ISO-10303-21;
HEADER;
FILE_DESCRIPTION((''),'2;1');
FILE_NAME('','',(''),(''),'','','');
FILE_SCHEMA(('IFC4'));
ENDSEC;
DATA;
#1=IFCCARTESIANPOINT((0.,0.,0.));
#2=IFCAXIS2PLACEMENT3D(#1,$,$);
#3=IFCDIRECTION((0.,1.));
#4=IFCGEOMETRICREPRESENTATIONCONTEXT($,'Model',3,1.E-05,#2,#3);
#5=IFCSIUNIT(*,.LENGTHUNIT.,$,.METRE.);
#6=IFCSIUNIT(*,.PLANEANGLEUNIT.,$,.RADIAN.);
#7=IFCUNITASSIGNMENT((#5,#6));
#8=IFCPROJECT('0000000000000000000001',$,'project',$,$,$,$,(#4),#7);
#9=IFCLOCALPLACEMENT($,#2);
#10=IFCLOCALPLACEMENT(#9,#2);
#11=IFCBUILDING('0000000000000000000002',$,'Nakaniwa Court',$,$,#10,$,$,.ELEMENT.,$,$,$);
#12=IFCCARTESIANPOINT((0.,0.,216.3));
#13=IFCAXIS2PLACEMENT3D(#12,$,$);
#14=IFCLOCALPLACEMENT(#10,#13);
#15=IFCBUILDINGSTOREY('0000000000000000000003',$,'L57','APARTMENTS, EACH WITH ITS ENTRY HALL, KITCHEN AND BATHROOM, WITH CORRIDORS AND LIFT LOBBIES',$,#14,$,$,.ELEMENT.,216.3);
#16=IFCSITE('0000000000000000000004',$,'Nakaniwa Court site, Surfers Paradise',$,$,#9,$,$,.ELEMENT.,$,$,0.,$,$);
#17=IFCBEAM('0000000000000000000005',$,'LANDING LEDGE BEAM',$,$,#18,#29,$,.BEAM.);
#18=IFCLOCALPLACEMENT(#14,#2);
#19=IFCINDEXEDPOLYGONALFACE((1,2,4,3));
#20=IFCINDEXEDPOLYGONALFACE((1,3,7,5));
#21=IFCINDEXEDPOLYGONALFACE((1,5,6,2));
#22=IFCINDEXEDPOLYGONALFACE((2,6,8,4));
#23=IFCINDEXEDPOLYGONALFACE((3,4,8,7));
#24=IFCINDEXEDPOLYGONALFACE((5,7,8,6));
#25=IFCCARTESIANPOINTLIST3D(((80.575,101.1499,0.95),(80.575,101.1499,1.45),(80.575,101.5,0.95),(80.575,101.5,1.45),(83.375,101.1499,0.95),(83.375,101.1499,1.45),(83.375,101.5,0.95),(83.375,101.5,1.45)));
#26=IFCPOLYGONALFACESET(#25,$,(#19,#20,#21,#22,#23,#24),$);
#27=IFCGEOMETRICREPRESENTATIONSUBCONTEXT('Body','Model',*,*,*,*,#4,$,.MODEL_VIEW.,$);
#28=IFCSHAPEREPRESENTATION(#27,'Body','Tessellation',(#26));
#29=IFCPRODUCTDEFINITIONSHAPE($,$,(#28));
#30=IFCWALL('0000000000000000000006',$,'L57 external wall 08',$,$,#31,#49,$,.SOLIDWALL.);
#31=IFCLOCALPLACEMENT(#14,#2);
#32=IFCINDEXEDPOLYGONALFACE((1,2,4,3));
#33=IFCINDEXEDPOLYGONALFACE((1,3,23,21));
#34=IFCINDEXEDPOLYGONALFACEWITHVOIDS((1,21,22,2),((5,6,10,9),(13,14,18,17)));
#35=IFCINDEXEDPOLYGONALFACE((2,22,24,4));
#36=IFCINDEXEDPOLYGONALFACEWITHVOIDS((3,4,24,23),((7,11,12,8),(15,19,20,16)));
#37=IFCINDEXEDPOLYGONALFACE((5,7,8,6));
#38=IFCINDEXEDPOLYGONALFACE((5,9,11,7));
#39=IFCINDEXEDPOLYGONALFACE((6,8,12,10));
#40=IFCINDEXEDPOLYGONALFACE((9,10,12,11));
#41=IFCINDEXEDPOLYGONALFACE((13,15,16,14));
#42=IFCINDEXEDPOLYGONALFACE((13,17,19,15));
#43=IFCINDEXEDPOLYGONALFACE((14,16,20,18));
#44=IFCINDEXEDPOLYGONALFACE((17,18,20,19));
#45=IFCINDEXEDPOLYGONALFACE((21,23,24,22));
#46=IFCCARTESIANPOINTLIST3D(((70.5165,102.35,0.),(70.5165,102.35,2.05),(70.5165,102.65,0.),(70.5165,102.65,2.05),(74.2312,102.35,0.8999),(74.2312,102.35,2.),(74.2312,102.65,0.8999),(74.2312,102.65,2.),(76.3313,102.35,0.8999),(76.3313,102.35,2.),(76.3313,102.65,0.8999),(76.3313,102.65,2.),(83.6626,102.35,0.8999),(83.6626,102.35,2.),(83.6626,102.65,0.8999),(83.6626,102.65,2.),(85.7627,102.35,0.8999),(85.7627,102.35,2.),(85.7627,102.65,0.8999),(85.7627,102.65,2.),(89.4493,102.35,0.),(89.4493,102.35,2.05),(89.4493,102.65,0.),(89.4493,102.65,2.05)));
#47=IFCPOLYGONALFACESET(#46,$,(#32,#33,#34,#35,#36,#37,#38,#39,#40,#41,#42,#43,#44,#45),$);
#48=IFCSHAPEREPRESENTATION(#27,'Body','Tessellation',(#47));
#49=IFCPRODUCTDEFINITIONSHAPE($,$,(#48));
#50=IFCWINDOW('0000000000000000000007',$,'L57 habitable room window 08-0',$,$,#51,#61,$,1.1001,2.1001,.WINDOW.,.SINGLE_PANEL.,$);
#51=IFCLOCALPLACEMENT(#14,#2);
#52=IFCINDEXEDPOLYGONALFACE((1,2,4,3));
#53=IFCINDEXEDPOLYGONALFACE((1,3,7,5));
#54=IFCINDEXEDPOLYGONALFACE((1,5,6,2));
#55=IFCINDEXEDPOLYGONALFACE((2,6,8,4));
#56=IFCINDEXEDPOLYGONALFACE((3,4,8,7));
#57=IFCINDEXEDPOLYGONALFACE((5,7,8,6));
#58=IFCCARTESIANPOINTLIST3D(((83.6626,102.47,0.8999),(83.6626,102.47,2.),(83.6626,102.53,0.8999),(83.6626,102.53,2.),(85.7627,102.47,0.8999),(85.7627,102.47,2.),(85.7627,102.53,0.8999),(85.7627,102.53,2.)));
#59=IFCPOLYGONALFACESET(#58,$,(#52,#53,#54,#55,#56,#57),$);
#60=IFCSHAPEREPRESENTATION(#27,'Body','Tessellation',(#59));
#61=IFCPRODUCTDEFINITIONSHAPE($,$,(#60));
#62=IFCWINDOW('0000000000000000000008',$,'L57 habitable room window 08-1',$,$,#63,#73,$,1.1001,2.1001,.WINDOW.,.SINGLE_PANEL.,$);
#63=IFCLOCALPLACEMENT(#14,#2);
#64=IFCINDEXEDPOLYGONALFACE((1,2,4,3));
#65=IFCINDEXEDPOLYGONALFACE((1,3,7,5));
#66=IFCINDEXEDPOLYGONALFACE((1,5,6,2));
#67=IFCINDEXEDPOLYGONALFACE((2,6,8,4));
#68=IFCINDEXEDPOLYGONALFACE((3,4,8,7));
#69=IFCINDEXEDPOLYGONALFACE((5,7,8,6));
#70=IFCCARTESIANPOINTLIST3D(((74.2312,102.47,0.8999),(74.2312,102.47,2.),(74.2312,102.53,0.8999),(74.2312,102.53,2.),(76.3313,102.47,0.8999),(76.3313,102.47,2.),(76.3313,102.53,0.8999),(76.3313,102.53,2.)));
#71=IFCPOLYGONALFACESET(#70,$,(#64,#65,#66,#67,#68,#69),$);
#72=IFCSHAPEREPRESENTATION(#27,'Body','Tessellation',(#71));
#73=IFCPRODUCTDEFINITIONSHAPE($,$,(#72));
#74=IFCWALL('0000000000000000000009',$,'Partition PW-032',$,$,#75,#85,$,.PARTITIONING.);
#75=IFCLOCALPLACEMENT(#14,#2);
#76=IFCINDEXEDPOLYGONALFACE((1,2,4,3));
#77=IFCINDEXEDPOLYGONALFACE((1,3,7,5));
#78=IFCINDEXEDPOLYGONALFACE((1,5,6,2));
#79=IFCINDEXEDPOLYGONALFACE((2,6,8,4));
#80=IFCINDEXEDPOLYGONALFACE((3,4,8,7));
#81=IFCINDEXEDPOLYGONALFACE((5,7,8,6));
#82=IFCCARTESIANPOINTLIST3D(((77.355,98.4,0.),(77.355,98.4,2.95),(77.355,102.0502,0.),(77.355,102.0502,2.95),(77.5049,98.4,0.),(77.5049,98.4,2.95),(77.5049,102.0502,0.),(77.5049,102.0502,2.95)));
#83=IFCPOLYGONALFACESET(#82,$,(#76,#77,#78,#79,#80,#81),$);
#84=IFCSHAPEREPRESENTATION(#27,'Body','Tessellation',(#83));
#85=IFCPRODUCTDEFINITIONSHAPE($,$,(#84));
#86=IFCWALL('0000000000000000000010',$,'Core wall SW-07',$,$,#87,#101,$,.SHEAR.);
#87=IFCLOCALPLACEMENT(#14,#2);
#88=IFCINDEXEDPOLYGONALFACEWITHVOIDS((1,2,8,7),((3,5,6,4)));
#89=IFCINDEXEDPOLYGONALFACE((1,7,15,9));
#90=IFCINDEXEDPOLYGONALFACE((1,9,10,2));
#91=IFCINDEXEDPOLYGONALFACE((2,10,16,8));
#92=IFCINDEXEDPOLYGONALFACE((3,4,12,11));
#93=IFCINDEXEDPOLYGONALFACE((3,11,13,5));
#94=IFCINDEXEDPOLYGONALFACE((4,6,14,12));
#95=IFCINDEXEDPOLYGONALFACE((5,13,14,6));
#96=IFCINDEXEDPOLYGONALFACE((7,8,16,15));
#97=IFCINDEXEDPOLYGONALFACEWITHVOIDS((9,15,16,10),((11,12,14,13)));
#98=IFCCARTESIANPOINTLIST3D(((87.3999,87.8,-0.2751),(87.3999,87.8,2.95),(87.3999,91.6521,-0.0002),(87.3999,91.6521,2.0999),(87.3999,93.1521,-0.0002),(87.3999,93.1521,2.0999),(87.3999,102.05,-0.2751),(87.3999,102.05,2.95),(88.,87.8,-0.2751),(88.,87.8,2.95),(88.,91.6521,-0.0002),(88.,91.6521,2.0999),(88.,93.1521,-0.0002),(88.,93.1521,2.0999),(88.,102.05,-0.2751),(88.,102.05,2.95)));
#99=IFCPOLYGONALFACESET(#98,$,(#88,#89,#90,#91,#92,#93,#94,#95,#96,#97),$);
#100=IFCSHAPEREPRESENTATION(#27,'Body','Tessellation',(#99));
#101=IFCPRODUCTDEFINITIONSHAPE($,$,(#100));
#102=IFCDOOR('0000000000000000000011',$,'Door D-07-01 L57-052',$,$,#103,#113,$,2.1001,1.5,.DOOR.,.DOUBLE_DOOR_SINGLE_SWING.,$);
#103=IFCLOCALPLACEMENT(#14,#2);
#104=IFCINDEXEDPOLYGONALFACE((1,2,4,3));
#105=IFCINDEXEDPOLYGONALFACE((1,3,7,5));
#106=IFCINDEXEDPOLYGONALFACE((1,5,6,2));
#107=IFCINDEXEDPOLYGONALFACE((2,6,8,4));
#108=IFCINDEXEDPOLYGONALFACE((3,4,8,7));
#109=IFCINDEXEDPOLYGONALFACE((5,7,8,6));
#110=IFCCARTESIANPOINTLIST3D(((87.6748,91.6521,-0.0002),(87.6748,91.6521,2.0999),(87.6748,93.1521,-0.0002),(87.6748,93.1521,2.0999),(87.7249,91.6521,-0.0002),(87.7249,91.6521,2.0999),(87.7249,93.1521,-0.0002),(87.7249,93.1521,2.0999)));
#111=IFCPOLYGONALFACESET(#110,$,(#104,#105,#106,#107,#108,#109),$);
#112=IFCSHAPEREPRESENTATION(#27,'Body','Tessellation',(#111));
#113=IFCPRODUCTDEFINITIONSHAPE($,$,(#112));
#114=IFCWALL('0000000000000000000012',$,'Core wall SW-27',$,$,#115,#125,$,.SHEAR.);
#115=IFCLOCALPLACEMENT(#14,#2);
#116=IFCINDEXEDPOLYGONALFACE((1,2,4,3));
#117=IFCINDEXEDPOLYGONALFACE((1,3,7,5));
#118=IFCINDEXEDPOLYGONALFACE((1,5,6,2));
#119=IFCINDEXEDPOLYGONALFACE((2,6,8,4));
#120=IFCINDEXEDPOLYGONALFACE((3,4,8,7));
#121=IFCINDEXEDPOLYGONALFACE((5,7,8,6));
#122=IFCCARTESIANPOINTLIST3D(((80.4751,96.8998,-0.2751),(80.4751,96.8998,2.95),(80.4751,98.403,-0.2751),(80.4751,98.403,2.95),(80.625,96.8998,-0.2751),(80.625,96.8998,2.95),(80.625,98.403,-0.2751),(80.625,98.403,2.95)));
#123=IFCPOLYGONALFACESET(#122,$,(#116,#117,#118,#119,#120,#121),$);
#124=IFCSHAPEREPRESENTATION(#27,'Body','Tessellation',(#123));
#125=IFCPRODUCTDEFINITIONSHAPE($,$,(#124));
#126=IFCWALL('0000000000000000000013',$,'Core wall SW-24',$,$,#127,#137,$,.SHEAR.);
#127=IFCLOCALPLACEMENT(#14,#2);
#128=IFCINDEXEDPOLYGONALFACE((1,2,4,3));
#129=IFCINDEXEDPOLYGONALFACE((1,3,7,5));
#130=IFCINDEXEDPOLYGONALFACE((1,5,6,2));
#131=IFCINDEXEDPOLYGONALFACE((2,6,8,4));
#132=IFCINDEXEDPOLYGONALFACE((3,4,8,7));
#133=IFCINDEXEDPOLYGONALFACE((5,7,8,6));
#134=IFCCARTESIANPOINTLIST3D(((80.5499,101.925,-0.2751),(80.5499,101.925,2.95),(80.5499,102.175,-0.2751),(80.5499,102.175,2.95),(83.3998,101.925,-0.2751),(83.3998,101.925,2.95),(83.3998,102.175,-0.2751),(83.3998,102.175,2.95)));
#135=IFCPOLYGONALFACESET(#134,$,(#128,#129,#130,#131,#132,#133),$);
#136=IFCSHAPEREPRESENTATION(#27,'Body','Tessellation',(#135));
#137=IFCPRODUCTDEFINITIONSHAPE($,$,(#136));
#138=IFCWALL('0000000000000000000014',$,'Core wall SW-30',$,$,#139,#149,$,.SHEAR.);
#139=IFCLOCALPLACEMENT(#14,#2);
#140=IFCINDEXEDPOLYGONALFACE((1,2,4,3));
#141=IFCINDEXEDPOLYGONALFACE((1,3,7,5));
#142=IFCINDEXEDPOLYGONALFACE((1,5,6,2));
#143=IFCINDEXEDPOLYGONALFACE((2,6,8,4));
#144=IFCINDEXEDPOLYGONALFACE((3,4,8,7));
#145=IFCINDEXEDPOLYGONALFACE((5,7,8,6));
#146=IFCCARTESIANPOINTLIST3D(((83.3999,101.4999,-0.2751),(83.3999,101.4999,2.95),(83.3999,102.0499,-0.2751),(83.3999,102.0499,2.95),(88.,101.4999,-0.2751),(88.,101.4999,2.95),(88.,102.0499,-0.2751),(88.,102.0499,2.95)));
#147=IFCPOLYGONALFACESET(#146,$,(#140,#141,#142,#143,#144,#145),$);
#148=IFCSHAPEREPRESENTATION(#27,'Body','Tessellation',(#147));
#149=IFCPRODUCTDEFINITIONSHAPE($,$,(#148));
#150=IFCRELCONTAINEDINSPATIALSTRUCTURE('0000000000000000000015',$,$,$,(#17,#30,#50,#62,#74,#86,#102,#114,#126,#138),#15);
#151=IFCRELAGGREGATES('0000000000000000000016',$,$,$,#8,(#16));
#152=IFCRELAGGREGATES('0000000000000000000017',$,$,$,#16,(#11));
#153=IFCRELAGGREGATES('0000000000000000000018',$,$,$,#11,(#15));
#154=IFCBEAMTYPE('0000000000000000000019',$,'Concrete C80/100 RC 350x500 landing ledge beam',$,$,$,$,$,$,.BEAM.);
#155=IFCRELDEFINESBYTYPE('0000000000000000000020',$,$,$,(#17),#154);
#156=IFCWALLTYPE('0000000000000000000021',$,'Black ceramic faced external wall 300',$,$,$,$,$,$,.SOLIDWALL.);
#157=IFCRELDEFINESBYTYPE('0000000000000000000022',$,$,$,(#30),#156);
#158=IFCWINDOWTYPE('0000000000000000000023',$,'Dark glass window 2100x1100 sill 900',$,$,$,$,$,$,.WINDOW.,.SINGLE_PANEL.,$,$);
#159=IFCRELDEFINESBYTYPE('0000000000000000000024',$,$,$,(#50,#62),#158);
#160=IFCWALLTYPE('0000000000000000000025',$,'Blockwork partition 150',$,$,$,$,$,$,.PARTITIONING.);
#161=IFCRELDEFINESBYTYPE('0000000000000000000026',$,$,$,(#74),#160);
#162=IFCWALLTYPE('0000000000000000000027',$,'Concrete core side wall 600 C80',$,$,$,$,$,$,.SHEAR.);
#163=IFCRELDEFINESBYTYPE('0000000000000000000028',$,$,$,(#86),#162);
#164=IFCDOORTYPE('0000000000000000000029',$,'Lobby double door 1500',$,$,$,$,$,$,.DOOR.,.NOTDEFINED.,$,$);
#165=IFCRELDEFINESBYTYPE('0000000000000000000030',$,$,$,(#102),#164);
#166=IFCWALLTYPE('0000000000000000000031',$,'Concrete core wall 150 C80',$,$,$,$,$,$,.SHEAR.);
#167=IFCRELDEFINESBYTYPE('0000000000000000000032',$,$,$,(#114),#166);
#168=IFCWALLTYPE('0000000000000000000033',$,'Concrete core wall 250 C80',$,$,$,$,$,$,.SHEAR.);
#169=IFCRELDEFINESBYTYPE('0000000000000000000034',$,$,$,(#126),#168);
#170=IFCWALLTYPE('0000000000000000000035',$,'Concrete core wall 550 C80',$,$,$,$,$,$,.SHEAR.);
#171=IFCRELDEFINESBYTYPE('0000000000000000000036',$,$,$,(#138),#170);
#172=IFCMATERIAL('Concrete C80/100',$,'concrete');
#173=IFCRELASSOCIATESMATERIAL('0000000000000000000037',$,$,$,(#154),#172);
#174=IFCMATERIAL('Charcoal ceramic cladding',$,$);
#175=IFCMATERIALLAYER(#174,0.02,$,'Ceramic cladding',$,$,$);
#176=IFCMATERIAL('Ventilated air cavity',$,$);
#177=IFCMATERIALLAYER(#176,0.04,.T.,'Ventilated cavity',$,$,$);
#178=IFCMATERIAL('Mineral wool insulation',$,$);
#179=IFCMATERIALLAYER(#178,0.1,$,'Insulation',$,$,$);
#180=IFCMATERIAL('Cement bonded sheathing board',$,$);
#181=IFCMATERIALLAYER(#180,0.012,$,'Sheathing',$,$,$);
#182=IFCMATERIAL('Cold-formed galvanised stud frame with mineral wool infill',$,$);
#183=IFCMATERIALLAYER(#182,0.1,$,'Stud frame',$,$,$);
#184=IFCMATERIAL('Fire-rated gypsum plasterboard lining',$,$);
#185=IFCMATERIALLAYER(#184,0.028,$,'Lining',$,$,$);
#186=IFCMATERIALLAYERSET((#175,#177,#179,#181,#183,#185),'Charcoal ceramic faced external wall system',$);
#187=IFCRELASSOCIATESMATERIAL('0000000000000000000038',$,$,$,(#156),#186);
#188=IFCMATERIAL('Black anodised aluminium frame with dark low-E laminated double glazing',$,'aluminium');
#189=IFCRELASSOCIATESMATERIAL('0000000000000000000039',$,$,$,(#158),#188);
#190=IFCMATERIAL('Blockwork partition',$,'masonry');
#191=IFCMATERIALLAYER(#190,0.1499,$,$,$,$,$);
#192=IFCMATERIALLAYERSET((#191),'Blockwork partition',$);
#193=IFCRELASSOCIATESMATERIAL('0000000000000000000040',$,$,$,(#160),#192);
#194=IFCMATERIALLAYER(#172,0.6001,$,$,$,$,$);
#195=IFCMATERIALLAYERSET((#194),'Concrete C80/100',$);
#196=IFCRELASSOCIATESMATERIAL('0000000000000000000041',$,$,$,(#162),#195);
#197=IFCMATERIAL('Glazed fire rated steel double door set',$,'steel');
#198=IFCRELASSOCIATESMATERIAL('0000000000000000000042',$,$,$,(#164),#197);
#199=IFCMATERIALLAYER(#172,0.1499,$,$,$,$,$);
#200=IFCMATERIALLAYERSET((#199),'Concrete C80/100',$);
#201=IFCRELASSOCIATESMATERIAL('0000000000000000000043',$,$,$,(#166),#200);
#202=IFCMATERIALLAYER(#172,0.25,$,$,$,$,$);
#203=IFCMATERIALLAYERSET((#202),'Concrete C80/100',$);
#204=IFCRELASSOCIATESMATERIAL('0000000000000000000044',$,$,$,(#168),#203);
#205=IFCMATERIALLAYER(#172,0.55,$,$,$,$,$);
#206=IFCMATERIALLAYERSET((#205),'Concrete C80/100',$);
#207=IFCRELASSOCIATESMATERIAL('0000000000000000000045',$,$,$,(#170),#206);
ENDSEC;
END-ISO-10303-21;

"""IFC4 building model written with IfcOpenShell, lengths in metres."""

from ifc_helpers import new_model, si_unit, direction, frame, frame_2d, origin, origin_2d, place, context, subcontext, project, spatial, rectangle, extrude, material, layer, layer_set, material_profile, profile_set, type_object, element, fill, save


model = new_model("IFC4")

# Units and contexts
model_context = context("Model", 3, precision=1e-05, world=origin(), true_north=direction((0.0, 1.0)))
body_context = subcontext(model_context, "Body", "Model", "MODEL_VIEW")
ifc_project = project(units=[si_unit("LENGTHUNIT", "METRE"), si_unit("PLANEANGLEUNIT", "RADIAN")], contexts=[model_context])

# Site, building, storey
site_placement = place(None, origin())
site = spatial("IfcSite", under=ifc_project, at=site_placement, Name="Nakaniwa Court site, Surfers Paradise", CompositionType="ELEMENT", RefElevation=0.0)
building_placement = place(site_placement, origin())
building = spatial("IfcBuilding", under=site, at=building_placement, Name="Nakaniwa Court", CompositionType="ELEMENT")
storey_placement = place(building_placement, frame((0.0, 0.0, 216.3)))
storey = spatial("IfcBuildingStorey", under=building, at=storey_placement, Name="L57", Description="APARTMENTS, EACH WITH ITS ENTRY HALL, KITCHEN AND BATHROOM, WITH CORRIDORS AND LIFT LOBBIES", CompositionType="ELEMENT", Elevation=216.3)

# Beam
ifc_material_1 = material(Name="Concrete C80/100", Category="concrete")
ifc_material_profile_1 = material_profile(ifc_material_1, rectangle(XDim=0.3501, YDim=0.5, at=origin_2d()), Name="Concrete C80/100 RC 350x500 landing ledge beam")
ifc_profile_set_1 = profile_set([ifc_material_profile_1], Name="Concrete C80/100")
beam_type = type_object("IfcBeamType", Name="Concrete C80/100 RC 350x500 landing ledge beam", PredefinedType="BEAM", material=ifc_profile_set_1)
beam_placement = place(storey_placement, frame((80.575, 101.325, 1.2), z_axis=(1.0, 0.0, 0.0), x_axis=(0.0, 1.0, 0.0)))
element("IfcBeam", 1, at=beam_placement, inside=storey, type_object=beam_type, Name="LANDING LEDGE BEAM", PredefinedType="BEAM", context=body_context, shape_type="SweptSolid", body=[
    extrude(rectangle(XDim=0.3501, YDim=0.5, at=origin_2d()), origin(), (0.0, 0.0, 1.0), 2.8),
])

# Wall, openings, windows
ifc_material_2 = material(Name="Charcoal ceramic cladding")
ifc_layer_1 = layer(ifc_material_2, 0.02, Name="Ceramic cladding")
ifc_material_3 = material(Name="Ventilated air cavity")
ifc_layer_2 = layer(ifc_material_3, 0.04, ventilated=True, Name="Ventilated cavity")
ifc_material_4 = material(Name="Mineral wool insulation")
ifc_layer_3 = layer(ifc_material_4, 0.1, Name="Insulation")
ifc_material_5 = material(Name="Cement bonded sheathing board")
ifc_layer_4 = layer(ifc_material_5, 0.012, Name="Sheathing")
ifc_material_6 = material(Name="Cold-formed galvanised stud frame with mineral wool infill")
ifc_layer_5 = layer(ifc_material_6, 0.1, Name="Stud frame")
ifc_material_7 = material(Name="Fire-rated gypsum plasterboard lining")
ifc_layer_6 = layer(ifc_material_7, 0.028, Name="Lining")
ifc_layer_set_1 = layer_set([ifc_layer_1, ifc_layer_2, ifc_layer_3, ifc_layer_4, ifc_layer_5, ifc_layer_6], Name="Charcoal ceramic faced external wall system")
wall_type_1 = type_object("IfcWallType", Name="Black ceramic faced external wall 300", PredefinedType="SOLIDWALL", material=ifc_layer_set_1)
wall_1_placement = place(storey_placement, frame((89.4492, 102.5, 0.0), z_axis=(0.0, 0.0, 1.0), x_axis=(-1.0, 0.0, 0.0)))
wall_1 = element("IfcWall", 2, at=wall_1_placement, inside=storey, type_object=wall_type_1, Name="L57 external wall 08", PredefinedType="SOLIDWALL", context=body_context, shape_type="SweptSolid", body=[
    extrude(rectangle(XDim=18.9329, YDim=0.3, at=frame_2d((9.4663, 0.0))), origin(), (0.0, 0.0, 1.0), 2.05),
])
opening_1_placement = place(wall_1_placement, frame((3.6865, 0.0, 0.8999)))
opening_1 = element("IfcOpeningElement", 3, at=opening_1_placement, cuts=wall_1, PredefinedType="OPENING", context=body_context, shape_type="SweptSolid", body=[
    extrude(rectangle(XDim=2.1001, YDim=1.1001, at=frame_2d((1.05, 0.55))), frame((0.0, 0.1599, 0.0), z_axis=(0.0, -1.0, 0.0), x_axis=(1.0, 0.0, 0.0)), (0.0, 0.0, 1.0), 0.3201),
])
opening_2_placement = place(wall_1_placement, frame((13.1179, 0.0, 0.8999)))
opening_2 = element("IfcOpeningElement", 4, at=opening_2_placement, cuts=wall_1, PredefinedType="OPENING", context=body_context, shape_type="SweptSolid", body=[
    extrude(rectangle(XDim=2.1001, YDim=1.1001, at=frame_2d((1.05, 0.55))), frame((0.0, 0.1599, 0.0), z_axis=(0.0, -1.0, 0.0), x_axis=(1.0, 0.0, 0.0)), (0.0, 0.0, 1.0), 0.3201),
])
ifc_material_8 = material(Name="Black anodised aluminium frame with dark low-E laminated double glazing", Category="aluminium")
window_type = type_object("IfcWindowType", Name="Dark glass window 2100x1100 sill 900", PartitioningType="SINGLE_PANEL", PredefinedType="WINDOW", material=ifc_material_8)
window_1_placement = place(opening_1_placement, origin())
window_1 = element("IfcWindow", 5, at=window_1_placement, inside=storey, type_object=window_type, Name="L57 habitable room window 08-0", OverallHeight=1.1001, OverallWidth=2.1001, PartitioningType="SINGLE_PANEL", PredefinedType="WINDOW", context=body_context, shape_type="SweptSolid", body=[
    extrude(rectangle(XDim=2.1001, YDim=1.1001, at=frame_2d((1.05, 0.55))), frame((0.0, 0.03, 0.0), z_axis=(0.0, -1.0, 0.0), x_axis=(1.0, 0.0, 0.0)), (0.0, 0.0, 1.0), 0.0601),
])
fill(opening_1, window_1)
window_2_placement = place(opening_2_placement, origin())
window_2 = element("IfcWindow", 6, at=window_2_placement, inside=storey, type_object=window_type, Name="L57 habitable room window 08-1", OverallHeight=1.1001, OverallWidth=2.1001, PartitioningType="SINGLE_PANEL", PredefinedType="WINDOW", context=body_context, shape_type="SweptSolid", body=[
    extrude(rectangle(XDim=2.1001, YDim=1.1001, at=frame_2d((1.05, 0.55))), frame((0.0, 0.03, 0.0), z_axis=(0.0, -1.0, 0.0), x_axis=(1.0, 0.0, 0.0)), (0.0, 0.0, 1.0), 0.0601),
])
fill(opening_2, window_2)

# Wall
ifc_material_9 = material(Name="Blockwork partition", Category="masonry")
ifc_layer_7 = layer(ifc_material_9, 0.1499)
ifc_layer_set_2 = layer_set([ifc_layer_7], Name="Blockwork partition")
wall_type_2 = type_object("IfcWallType", Name="Blockwork partition 150", PredefinedType="PARTITIONING", material=ifc_layer_set_2)
wall_2_placement = place(storey_placement, frame((77.4299, 98.3999, 0.0), z_axis=(0.0, 0.0, 1.0), x_axis=(0.0, 1.0, 0.0)))
element("IfcWall", 7, at=wall_2_placement, inside=storey, type_object=wall_type_2, Name="Partition PW-032", PredefinedType="PARTITIONING", context=body_context, shape_type="SweptSolid", body=[
    extrude(rectangle(XDim=3.6501, YDim=0.1499, at=frame_2d((1.8252, 0.0))), origin(), (0.0, 0.0, 1.0), 2.95),
])

# Wall, opening, door
ifc_layer_8 = layer(ifc_material_1, 0.6001)
ifc_layer_set_3 = layer_set([ifc_layer_8], Name="Concrete C80/100")
wall_type_3 = type_object("IfcWallType", Name="Concrete core side wall 600 C80", PredefinedType="SHEAR", material=ifc_layer_set_3)
wall_3_placement = place(storey_placement, frame((87.7, 102.05, -0.2751), z_axis=(0.0, 0.0, 1.0), x_axis=(0.0, -1.0, 0.0)))
wall_3 = element("IfcWall", 8, at=wall_3_placement, inside=storey, type_object=wall_type_3, Name="Core wall SW-07", PredefinedType="SHEAR", context=body_context, shape_type="SweptSolid", body=[
    extrude(rectangle(XDim=14.25, YDim=0.6001, at=frame_2d((7.125, 0.0))), origin(), (0.0, 0.0, 1.0), 3.2251),
])
opening_3_placement = place(wall_3_placement, frame((8.8979, 0.0, 0.2749)))
opening_3 = element("IfcOpeningElement", 9, at=opening_3_placement, cuts=wall_3, PredefinedType="OPENING", context=body_context, shape_type="SweptSolid", body=[
    extrude(rectangle(XDim=1.5, YDim=2.1001, at=frame_2d((0.75, 1.05))), frame((0.0, 0.3101, 0.0), z_axis=(0.0, -1.0, 0.0), x_axis=(1.0, 0.0, 0.0)), (0.0, 0.0, 1.0), 0.6201),
])
ifc_material_10 = material(Name="Glazed fire rated steel double door set", Category="steel")
door_type_1 = type_object("IfcDoorType", Name="Lobby double door 1500", OperationType="NOTDEFINED", PredefinedType="DOOR", material=ifc_material_10)
door_1_placement = place(opening_3_placement, origin())
door_1 = element("IfcDoor", 10, at=door_1_placement, inside=storey, type_object=door_type_1, Name="Door D-07-01 L57-052", OperationType="DOUBLE_DOOR_SINGLE_SWING", OverallHeight=2.1001, OverallWidth=1.5, PredefinedType="DOOR", context=body_context, shape_type="SweptSolid", body=[
    extrude(rectangle(XDim=1.5, YDim=2.1001, at=frame_2d((0.75, 1.05))), frame((0.0, 0.0249, 0.0), z_axis=(0.0, -1.0, 0.0), x_axis=(1.0, 0.0, 0.0)), (0.0, 0.0, 1.0), 0.05),
])
fill(opening_3, door_1)

# Walls
ifc_layer_9 = layer(ifc_material_1, 0.1499)
ifc_layer_set_4 = layer_set([ifc_layer_9], Name="Concrete C80/100")
wall_type_4 = type_object("IfcWallType", Name="Concrete core wall 150 C80", PredefinedType="SHEAR", material=ifc_layer_set_4)
wall_4_placement = place(storey_placement, frame((80.55, 96.8999, -0.2751), z_axis=(0.0, 0.0, 1.0), x_axis=(0.0, 1.0, 0.0)))
element("IfcWall", 11, at=wall_4_placement, inside=storey, type_object=wall_type_4, Name="Core wall SW-27", PredefinedType="SHEAR", context=body_context, shape_type="SweptSolid", body=[
    extrude(rectangle(XDim=1.5032, YDim=0.1499, at=frame_2d((0.7515, 0.0))), origin(), (0.0, 0.0, 1.0), 3.2251),
])
ifc_layer_10 = layer(ifc_material_1, 0.25)
ifc_layer_set_5 = layer_set([ifc_layer_10], Name="Concrete C80/100")
wall_type_5 = type_object("IfcWallType", Name="Concrete core wall 250 C80", PredefinedType="SHEAR", material=ifc_layer_set_5)
wall_5_placement = place(storey_placement, frame((80.55, 102.05, -0.2751), z_axis=(0.0, 0.0, 1.0), x_axis=(1.0, 0.0, 0.0)))
element("IfcWall", 12, at=wall_5_placement, inside=storey, type_object=wall_type_5, Name="Core wall SW-24", PredefinedType="SHEAR", context=body_context, shape_type="SweptSolid", body=[
    extrude(rectangle(XDim=2.8499, YDim=0.25, at=frame_2d((1.4248, 0.0))), origin(), (0.0, 0.0, 1.0), 3.2251),
])
ifc_layer_11 = layer(ifc_material_1, 0.55)
ifc_layer_set_6 = layer_set([ifc_layer_11], Name="Concrete C80/100")
wall_type_6 = type_object("IfcWallType", Name="Concrete core wall 550 C80", PredefinedType="SHEAR", material=ifc_layer_set_6)
wall_6_placement = place(storey_placement, frame((83.3999, 101.7749, -0.2751), z_axis=(0.0, 0.0, 1.0), x_axis=(1.0, 0.0, 0.0)))
element("IfcWall", 13, at=wall_6_placement, inside=storey, type_object=wall_type_6, Name="Core wall SW-30", PredefinedType="SHEAR", context=body_context, shape_type="SweptSolid", body=[
    extrude(rectangle(XDim=4.6001, YDim=0.55, at=frame_2d((2.3, 0.0))), origin(), (0.0, 0.0, 1.0), 3.2251),
])

save(model, "model.ifc")
